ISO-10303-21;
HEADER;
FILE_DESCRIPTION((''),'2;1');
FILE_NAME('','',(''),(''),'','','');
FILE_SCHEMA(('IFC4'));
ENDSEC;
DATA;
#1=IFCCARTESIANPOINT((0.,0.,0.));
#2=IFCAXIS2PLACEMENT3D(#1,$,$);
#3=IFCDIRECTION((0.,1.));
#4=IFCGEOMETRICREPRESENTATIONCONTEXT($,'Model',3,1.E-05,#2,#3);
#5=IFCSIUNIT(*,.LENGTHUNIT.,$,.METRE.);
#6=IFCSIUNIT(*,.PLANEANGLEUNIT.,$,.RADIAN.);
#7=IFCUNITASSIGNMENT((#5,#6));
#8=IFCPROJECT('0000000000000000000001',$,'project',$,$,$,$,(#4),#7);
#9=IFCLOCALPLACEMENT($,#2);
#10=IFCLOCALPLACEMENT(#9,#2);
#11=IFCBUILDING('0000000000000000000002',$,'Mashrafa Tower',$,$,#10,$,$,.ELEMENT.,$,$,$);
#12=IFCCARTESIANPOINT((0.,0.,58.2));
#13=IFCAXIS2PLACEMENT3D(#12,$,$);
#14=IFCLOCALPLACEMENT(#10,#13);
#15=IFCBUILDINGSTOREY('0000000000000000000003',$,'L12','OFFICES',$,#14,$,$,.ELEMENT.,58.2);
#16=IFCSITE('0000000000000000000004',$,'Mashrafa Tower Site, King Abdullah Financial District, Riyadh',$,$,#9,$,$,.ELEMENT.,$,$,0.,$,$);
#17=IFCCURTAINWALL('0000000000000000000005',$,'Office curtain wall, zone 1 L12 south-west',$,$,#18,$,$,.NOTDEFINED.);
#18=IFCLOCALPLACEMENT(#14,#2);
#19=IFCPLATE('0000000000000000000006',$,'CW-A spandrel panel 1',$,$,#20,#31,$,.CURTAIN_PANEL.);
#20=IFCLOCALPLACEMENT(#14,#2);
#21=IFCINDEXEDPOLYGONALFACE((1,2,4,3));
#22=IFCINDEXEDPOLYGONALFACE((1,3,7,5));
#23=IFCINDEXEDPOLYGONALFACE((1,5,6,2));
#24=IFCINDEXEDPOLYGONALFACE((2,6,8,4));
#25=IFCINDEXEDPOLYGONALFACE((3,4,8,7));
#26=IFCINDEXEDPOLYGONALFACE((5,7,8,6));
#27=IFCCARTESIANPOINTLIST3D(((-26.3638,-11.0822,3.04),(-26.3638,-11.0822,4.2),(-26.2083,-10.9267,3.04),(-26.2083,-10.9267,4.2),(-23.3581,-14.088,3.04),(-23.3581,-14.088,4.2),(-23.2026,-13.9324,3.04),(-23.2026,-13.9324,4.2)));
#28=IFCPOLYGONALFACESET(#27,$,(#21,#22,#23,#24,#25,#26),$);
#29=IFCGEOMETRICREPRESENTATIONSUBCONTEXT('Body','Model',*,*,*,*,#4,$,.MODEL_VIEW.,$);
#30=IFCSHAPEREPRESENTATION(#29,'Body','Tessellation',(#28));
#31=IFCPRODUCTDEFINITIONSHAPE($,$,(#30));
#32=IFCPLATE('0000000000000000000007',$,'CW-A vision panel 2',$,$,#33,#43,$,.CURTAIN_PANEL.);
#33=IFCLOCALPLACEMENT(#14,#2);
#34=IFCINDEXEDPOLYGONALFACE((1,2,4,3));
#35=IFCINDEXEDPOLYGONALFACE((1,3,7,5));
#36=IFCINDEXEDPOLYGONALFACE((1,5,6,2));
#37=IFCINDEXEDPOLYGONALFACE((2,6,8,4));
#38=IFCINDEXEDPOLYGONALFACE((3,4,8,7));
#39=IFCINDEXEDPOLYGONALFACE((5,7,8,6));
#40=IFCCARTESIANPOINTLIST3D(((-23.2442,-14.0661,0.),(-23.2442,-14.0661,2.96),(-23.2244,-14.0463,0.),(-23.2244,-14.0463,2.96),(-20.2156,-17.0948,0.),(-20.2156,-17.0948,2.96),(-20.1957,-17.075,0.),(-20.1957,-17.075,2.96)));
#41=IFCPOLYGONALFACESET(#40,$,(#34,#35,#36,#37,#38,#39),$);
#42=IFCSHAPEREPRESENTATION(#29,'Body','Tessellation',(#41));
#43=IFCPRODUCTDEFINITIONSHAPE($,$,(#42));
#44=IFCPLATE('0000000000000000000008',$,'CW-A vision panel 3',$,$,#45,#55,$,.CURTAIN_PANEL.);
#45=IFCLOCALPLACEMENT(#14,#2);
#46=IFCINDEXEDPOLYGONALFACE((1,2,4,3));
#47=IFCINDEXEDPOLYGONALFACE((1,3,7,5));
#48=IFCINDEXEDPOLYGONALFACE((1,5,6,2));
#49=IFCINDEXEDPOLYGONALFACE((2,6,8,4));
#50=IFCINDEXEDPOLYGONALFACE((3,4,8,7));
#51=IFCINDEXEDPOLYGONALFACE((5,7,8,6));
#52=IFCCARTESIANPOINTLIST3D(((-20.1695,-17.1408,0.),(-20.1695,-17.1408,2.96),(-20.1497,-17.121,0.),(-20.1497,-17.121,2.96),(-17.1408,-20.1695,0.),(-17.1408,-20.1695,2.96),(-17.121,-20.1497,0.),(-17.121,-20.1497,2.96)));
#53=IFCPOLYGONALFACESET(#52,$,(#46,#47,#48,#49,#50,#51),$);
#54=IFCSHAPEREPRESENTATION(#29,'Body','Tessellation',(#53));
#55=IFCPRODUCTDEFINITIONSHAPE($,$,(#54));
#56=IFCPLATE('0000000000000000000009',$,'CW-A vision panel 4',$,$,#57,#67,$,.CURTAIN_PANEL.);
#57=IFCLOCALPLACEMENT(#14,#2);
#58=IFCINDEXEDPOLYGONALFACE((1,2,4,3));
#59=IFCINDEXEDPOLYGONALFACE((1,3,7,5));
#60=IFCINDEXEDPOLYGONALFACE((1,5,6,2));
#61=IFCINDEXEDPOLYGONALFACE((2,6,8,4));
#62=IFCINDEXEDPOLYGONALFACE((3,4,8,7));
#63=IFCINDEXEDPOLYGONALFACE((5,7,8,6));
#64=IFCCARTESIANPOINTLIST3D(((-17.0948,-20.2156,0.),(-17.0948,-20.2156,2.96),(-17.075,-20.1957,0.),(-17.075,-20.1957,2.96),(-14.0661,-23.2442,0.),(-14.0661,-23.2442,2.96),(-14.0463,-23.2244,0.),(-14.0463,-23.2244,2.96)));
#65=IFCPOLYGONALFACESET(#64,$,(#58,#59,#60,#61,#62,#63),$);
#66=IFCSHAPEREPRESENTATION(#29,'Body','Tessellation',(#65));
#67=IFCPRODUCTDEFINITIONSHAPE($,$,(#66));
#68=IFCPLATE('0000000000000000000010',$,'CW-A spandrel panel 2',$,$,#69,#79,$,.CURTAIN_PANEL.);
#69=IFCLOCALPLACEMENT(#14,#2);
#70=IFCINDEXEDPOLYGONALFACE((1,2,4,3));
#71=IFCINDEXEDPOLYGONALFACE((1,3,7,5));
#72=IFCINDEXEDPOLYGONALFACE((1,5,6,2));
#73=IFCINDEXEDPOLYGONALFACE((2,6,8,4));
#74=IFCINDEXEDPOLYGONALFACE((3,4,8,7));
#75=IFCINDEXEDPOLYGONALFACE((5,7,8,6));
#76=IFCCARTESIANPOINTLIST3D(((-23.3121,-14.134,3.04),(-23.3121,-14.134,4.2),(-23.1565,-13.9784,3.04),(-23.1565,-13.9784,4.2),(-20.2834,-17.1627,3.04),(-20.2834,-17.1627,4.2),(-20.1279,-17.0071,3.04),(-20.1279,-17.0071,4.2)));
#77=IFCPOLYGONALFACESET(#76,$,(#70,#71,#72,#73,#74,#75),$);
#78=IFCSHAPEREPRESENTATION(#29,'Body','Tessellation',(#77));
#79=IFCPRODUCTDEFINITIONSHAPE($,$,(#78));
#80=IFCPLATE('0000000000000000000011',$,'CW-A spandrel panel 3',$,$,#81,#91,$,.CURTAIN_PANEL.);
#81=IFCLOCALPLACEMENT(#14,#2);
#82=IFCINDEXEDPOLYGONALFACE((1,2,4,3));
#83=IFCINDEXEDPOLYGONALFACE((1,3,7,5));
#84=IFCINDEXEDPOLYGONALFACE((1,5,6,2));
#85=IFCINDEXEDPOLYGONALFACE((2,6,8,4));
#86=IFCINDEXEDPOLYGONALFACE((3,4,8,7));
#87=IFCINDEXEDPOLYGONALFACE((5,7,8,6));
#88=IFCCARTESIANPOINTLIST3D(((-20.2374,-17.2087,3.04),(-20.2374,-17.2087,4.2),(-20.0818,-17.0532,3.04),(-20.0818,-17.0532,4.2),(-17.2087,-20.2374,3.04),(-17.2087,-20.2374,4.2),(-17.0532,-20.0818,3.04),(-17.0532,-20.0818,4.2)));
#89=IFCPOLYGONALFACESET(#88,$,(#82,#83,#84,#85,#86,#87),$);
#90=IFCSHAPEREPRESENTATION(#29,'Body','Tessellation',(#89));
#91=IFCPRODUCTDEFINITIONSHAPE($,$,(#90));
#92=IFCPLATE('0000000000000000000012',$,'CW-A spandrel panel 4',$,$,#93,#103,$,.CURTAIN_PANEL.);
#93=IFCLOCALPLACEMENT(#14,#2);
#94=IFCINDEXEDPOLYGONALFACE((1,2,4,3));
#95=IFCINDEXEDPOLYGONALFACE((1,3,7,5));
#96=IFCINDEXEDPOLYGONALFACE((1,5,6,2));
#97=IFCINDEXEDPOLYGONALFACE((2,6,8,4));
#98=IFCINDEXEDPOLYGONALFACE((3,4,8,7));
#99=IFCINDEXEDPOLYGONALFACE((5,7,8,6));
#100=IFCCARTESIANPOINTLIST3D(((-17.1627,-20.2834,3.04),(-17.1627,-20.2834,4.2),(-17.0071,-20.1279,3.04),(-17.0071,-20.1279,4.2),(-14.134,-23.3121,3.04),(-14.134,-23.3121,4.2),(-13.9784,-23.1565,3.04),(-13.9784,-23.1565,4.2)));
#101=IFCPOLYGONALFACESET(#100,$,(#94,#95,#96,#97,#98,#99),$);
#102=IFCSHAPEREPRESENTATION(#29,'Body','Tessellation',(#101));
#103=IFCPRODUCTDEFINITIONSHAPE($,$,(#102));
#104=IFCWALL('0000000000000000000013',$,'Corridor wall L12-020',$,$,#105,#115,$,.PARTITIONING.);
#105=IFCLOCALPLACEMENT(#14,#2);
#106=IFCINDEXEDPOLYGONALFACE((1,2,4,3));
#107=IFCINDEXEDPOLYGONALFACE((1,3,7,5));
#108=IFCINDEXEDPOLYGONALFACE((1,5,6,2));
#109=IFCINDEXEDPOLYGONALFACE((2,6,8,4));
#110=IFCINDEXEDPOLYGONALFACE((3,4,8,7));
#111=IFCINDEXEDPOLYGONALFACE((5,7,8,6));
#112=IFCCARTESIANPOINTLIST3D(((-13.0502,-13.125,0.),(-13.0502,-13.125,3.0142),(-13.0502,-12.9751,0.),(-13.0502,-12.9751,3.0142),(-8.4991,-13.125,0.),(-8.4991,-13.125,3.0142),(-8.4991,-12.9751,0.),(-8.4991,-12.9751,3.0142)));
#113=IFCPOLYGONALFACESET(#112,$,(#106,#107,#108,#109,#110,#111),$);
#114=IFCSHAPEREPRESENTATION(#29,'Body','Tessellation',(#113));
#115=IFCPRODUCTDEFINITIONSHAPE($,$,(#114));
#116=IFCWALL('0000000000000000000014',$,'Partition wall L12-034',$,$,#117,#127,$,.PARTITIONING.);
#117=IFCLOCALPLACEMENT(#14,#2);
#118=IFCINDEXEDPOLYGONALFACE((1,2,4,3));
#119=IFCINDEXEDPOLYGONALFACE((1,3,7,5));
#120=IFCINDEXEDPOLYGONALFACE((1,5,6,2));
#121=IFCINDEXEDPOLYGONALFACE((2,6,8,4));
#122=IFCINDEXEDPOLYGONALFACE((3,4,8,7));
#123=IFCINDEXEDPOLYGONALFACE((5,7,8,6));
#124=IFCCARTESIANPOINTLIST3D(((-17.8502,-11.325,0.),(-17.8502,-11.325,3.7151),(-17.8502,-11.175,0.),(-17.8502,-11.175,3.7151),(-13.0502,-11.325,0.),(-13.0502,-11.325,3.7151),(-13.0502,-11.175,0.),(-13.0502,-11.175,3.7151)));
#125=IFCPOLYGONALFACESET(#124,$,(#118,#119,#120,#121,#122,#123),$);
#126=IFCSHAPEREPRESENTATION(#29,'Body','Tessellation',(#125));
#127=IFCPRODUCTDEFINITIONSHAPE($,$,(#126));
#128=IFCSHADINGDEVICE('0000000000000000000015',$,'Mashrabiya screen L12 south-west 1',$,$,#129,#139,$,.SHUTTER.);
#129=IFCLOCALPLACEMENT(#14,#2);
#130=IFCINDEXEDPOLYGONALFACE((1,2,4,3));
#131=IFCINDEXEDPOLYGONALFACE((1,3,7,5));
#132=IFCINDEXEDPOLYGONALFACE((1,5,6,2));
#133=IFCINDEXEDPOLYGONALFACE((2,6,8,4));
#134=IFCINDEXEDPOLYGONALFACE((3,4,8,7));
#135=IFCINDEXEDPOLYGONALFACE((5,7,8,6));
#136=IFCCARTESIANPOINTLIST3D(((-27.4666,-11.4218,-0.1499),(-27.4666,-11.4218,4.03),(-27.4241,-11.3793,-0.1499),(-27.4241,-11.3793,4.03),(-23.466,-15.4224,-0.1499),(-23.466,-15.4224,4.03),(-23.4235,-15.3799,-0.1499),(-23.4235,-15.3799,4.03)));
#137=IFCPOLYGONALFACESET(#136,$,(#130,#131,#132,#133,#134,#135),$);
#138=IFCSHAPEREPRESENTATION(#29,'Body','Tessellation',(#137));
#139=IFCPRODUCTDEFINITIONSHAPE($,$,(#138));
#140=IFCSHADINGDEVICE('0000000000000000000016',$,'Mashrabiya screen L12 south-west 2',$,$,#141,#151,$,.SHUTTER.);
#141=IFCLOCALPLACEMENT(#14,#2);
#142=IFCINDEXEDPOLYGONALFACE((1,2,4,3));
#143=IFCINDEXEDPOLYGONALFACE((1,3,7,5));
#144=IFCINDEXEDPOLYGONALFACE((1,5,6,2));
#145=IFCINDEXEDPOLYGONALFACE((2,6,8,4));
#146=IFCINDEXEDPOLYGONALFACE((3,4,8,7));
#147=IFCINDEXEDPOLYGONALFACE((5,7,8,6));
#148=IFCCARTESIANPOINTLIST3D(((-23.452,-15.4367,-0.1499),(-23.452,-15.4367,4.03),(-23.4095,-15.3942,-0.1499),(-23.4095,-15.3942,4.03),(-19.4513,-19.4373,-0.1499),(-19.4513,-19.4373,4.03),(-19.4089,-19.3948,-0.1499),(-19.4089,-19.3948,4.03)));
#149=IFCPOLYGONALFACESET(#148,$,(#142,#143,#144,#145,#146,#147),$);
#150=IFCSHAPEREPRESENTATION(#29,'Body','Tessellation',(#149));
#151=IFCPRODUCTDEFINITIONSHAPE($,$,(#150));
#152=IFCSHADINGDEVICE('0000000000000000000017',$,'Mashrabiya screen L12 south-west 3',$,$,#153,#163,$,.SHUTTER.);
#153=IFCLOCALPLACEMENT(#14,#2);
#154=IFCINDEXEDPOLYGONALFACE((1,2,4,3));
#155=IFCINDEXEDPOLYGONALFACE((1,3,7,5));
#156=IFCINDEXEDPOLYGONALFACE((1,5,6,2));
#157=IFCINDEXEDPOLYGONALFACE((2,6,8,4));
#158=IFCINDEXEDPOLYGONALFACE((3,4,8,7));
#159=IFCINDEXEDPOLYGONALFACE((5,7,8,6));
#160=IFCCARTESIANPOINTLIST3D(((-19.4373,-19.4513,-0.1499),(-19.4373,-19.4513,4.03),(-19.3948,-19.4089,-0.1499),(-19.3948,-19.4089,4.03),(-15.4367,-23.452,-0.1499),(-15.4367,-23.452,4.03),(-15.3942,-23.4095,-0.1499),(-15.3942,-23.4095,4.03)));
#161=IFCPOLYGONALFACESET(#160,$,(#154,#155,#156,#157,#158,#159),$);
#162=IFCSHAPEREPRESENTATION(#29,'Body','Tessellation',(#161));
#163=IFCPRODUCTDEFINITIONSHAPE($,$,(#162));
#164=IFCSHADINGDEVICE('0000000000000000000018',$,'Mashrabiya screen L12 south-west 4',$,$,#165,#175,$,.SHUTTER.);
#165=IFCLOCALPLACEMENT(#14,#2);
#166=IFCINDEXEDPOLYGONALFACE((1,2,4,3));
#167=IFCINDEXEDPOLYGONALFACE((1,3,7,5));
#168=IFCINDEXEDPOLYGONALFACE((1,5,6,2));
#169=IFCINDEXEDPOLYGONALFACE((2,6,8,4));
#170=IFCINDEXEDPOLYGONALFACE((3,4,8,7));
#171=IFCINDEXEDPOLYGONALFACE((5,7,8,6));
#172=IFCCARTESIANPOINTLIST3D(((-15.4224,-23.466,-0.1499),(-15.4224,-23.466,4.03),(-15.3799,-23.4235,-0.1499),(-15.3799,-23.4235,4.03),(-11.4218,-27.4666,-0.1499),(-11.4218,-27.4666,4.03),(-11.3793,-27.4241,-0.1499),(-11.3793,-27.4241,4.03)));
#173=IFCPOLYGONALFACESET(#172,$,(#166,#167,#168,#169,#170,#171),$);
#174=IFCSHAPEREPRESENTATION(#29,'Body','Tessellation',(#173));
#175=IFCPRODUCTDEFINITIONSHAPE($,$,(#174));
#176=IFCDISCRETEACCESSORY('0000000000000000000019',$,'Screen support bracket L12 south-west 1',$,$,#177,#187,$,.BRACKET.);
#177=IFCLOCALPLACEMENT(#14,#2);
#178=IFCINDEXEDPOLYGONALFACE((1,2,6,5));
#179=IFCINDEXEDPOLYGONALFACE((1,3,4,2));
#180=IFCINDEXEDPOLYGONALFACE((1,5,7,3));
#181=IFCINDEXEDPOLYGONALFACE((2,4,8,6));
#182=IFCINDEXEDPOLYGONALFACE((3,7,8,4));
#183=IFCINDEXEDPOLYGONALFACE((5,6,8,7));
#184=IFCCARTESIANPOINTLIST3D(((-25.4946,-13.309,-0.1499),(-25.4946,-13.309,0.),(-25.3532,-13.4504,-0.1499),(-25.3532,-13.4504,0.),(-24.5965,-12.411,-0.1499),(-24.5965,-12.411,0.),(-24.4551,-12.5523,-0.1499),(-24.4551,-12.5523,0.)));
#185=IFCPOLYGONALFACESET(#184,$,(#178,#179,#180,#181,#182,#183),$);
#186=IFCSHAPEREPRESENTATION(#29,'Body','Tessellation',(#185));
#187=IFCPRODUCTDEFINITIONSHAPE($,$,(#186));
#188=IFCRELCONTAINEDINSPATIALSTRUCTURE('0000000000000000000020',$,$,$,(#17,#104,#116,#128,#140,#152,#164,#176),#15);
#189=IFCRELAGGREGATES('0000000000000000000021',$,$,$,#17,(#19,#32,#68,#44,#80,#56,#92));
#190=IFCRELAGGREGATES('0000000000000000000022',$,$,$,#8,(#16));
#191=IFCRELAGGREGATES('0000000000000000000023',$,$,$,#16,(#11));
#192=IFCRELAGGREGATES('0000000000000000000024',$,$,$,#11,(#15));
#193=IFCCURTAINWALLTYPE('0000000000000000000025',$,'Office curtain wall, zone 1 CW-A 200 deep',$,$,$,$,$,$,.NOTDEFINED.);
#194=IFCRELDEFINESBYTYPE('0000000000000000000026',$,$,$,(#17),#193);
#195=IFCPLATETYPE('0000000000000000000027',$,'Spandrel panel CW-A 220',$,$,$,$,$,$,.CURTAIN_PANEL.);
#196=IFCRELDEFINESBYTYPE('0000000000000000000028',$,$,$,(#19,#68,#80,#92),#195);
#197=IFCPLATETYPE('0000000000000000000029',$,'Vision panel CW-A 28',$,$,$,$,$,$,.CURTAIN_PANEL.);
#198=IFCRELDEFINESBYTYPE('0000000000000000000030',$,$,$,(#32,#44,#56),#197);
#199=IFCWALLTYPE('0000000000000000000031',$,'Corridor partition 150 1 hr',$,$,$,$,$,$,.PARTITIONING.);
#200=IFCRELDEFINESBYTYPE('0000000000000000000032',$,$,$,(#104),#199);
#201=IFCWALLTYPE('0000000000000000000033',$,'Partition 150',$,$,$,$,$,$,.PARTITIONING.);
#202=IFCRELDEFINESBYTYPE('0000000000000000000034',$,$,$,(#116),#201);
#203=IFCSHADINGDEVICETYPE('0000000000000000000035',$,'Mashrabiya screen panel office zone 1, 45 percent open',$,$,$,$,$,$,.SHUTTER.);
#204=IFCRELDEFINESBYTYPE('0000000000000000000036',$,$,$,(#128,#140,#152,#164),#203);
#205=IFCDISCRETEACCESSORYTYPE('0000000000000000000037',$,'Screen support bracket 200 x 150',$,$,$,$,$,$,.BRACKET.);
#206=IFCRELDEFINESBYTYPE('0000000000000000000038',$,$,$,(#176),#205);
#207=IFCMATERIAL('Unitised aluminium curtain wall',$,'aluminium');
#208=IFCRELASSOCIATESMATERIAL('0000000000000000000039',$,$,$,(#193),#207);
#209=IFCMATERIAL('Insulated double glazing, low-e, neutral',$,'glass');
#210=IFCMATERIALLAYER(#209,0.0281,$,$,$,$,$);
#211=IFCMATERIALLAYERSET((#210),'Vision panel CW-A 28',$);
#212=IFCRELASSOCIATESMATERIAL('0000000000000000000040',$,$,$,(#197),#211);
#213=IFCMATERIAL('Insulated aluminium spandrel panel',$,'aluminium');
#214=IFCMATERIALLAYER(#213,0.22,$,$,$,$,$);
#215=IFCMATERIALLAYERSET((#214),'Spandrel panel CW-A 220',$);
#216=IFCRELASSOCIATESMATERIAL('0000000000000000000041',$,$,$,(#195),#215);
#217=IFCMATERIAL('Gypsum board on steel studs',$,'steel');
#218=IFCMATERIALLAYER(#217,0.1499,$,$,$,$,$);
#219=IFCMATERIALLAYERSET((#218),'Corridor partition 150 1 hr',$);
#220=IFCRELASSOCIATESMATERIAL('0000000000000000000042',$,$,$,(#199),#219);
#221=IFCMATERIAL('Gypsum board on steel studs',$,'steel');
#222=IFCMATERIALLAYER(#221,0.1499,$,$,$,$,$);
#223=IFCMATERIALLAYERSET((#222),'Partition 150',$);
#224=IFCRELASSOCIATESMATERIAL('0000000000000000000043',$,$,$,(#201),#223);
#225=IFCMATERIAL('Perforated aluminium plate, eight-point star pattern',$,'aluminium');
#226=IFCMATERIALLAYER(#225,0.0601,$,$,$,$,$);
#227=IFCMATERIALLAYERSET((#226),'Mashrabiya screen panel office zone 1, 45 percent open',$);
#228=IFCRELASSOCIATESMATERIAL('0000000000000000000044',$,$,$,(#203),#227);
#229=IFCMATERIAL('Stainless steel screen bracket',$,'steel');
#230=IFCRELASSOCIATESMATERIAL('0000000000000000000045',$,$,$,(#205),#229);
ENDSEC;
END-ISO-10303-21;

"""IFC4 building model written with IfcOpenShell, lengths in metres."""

from ifc_helpers import new_model, si_unit, direction, frame, frame_2d, origin, origin_2d, place, context, subcontext, project, spatial, rectangle, extrude, source, transform, mapped, material, layer, layer_set, type_object, type_shapes, element, aggregate, save


model = new_model("IFC4")

# Units and contexts
model_context = context("Model", 3, precision=1e-05, world=origin(), true_north=direction((0.0, 1.0)))
body_context = subcontext(model_context, "Body", "Model", "MODEL_VIEW")
ifc_project = project(units=[si_unit("LENGTHUNIT", "METRE"), si_unit("PLANEANGLEUNIT", "RADIAN")], contexts=[model_context])

# Site, building, storey
site_placement = place(None, origin())
site = spatial("IfcSite", under=ifc_project, at=site_placement, Name="Mashrafa Tower Site, King Abdullah Financial District, Riyadh", CompositionType="ELEMENT", RefElevation=0.0)
building_placement = place(site_placement, origin())
building = spatial("IfcBuilding", under=site, at=building_placement, Name="Mashrafa Tower", CompositionType="ELEMENT")
storey_placement = place(building_placement, frame((0.0, 0.0, 58.2)))
storey = spatial("IfcBuildingStorey", under=building, at=storey_placement, Name="L12", Description="OFFICES", CompositionType="ELEMENT", Elevation=58.2)

# Curtain wall, plates
ifc_material_1 = material(Name="Unitised aluminium curtain wall", Category="aluminium")
curtain_wall_type = type_object("IfcCurtainWallType", Name="Office curtain wall, zone 1 CW-A 200 deep", PredefinedType="NOTDEFINED", material=ifc_material_1)
curtain_wall_placement = place(storey_placement, origin())
curtain_wall = element("IfcCurtainWall", 1, at=curtain_wall_placement, inside=storey, type_object=curtain_wall_type, Name="Office curtain wall, zone 1 L12 south-west", PredefinedType="NOTDEFINED")
ifc_material_2 = material(Name="Insulated double glazing, low-e, neutral", Category="glass")
ifc_layer_1 = layer(ifc_material_2, 0.0281)
ifc_layer_set_1 = layer_set([ifc_layer_1], Name="Vision panel CW-A 28")
plate_type_1 = type_object("IfcPlateType", Name="Vision panel CW-A 28", PredefinedType="CURTAIN_PANEL", material=ifc_layer_set_1)
ifc_material_3 = material(Name="Insulated aluminium spandrel panel", Category="aluminium")
ifc_layer_2 = layer(ifc_material_3, 0.22)
ifc_layer_set_2 = layer_set([ifc_layer_2], Name="Spandrel panel CW-A 220")
plate_type_2 = type_object("IfcPlateType", Name="Spandrel panel CW-A 220", PredefinedType="CURTAIN_PANEL", material=ifc_layer_set_2)
shared_shape_1 = source(origin(), body_context, "Body", "SweptSolid", [
    extrude(rectangle(XDim=4.2507, YDim=0.22, at=origin_2d()), origin(), (0.0, 0.0, 1.0), 1.1599),
])
plate_1_placement = place(storey_placement, frame((-24.7832, -12.5073, 3.04), z_axis=(0.0, 0.0, 1.0), x_axis=(0.707107, -0.707107, 0.0)))
plate_1 = element("IfcPlate", 2, at=plate_1_placement, type_object=plate_type_2, Name="CW-A spandrel panel 1", PredefinedType="CURTAIN_PANEL", context=body_context, shape_type="MappedRepresentation", body=[
    mapped(shared_shape_1, transform((0.0, 0.0, 0.0))),
])
shared_shape_2 = source(origin(), body_context, "Body", "SweptSolid", [
    extrude(rectangle(XDim=4.2832, YDim=0.0281, at=origin_2d()), origin(), (0.0, 0.0, 1.0), 2.96),
])
plate_2_placement = place(storey_placement, frame((-21.72, -15.5706, 0.0), z_axis=(0.0, 0.0, 1.0), x_axis=(0.707107, -0.707107, 0.0)))
plate_2 = element("IfcPlate", 3, at=plate_2_placement, type_object=plate_type_1, Name="CW-A vision panel 2", PredefinedType="CURTAIN_PANEL", context=body_context, shape_type="MappedRepresentation", body=[
    mapped(shared_shape_2, transform((0.0, 0.0, 0.0))),
])
plate_3_placement = place(storey_placement, frame((-18.6453, -18.6453, 0.0), z_axis=(0.0, 0.0, 1.0), x_axis=(0.707107, -0.707107, 0.0)))
plate_3 = element("IfcPlate", 4, at=plate_3_placement, type_object=plate_type_1, Name="CW-A vision panel 3", PredefinedType="CURTAIN_PANEL", context=body_context, shape_type="MappedRepresentation", body=[
    mapped(shared_shape_2, transform((0.0, 0.0, 0.0))),
])
plate_4_placement = place(storey_placement, frame((-15.5706, -21.72, 0.0), z_axis=(0.0, 0.0, 1.0), x_axis=(0.707107, -0.707107, 0.0)))
plate_4 = element("IfcPlate", 5, at=plate_4_placement, type_object=plate_type_1, Name="CW-A vision panel 4", PredefinedType="CURTAIN_PANEL", context=body_context, shape_type="MappedRepresentation", body=[
    mapped(shared_shape_2, transform((0.0, 0.0, 0.0))),
])
shared_shape_3 = source(origin(), body_context, "Body", "SweptSolid", [
    extrude(rectangle(XDim=4.2832, YDim=0.22, at=origin_2d()), origin(), (0.0, 0.0, 1.0), 1.1599),
])
type_shapes(plate_type_2, [shared_shape_1, shared_shape_3])
plate_5_placement = place(storey_placement, frame((-21.72, -15.5706, 3.04), z_axis=(0.0, 0.0, 1.0), x_axis=(0.707107, -0.707107, 0.0)))
plate_5 = element("IfcPlate", 6, at=plate_5_placement, type_object=plate_type_2, Name="CW-A spandrel panel 2", PredefinedType="CURTAIN_PANEL", context=body_context, shape_type="MappedRepresentation", body=[
    mapped(shared_shape_3, transform((0.0, 0.0, 0.0))),
])
plate_6_placement = place(storey_placement, frame((-18.6453, -18.6453, 3.04), z_axis=(0.0, 0.0, 1.0), x_axis=(0.707107, -0.707107, 0.0)))
plate_6 = element("IfcPlate", 7, at=plate_6_placement, type_object=plate_type_2, Name="CW-A spandrel panel 3", PredefinedType="CURTAIN_PANEL", context=body_context, shape_type="MappedRepresentation", body=[
    mapped(shared_shape_3, transform((0.0, 0.0, 0.0))),
])
plate_7_placement = place(storey_placement, frame((-15.5706, -21.72, 3.04), z_axis=(0.0, 0.0, 1.0), x_axis=(0.707107, -0.707107, 0.0)))
plate_7 = element("IfcPlate", 8, at=plate_7_placement, type_object=plate_type_2, Name="CW-A spandrel panel 4", PredefinedType="CURTAIN_PANEL", context=body_context, shape_type="MappedRepresentation", body=[
    mapped(shared_shape_3, transform((0.0, 0.0, 0.0))),
])
aggregate(curtain_wall, [plate_1, plate_2, plate_5, plate_3, plate_6, plate_4, plate_7])

# Walls
ifc_material_4 = material(Name="Gypsum board on steel studs", Category="steel")
ifc_layer_3 = layer(ifc_material_4, 0.1499)
ifc_layer_set_3 = layer_set([ifc_layer_3], Name="Corridor partition 150 1 hr")
wall_type_1 = type_object("IfcWallType", Name="Corridor partition 150 1 hr", PredefinedType="PARTITIONING", material=ifc_layer_set_3)
wall_1_placement = place(storey_placement, frame((-13.05, -13.05, 0.0), z_axis=(0.0, 0.0, 1.0), x_axis=(1.0, 0.0, 0.0)))
element("IfcWall", 9, at=wall_1_placement, inside=storey, type_object=wall_type_1, Name="Corridor wall L12-020", PredefinedType="PARTITIONING", context=body_context, shape_type="SweptSolid", body=[
    extrude(rectangle(XDim=4.551, YDim=0.1499, at=frame_2d((2.2754, 0.0))), origin(), (0.0, 0.0, 1.0), 3.0142),
])
ifc_material_5 = material(Name="Gypsum board on steel studs", Category="steel")
ifc_layer_4 = layer(ifc_material_5, 0.1499)
ifc_layer_set_4 = layer_set([ifc_layer_4], Name="Partition 150")
wall_type_2 = type_object("IfcWallType", Name="Partition 150", PredefinedType="PARTITIONING", material=ifc_layer_set_4)
wall_2_placement = place(storey_placement, frame((-17.8501, -11.25, 0.0), z_axis=(0.0, 0.0, 1.0), x_axis=(1.0, 0.0, 0.0)))
element("IfcWall", 10, at=wall_2_placement, inside=storey, type_object=wall_type_2, Name="Partition wall L12-034", PredefinedType="PARTITIONING", context=body_context, shape_type="SweptSolid", body=[
    extrude(rectangle(XDim=4.8, YDim=0.1499, at=frame_2d((2.3999, 0.0))), origin(), (0.0, 0.0, 1.0), 3.7151),
])

# Shading devices
ifc_material_6 = material(Name="Perforated aluminium plate, eight-point star pattern", Category="aluminium")
ifc_layer_5 = layer(ifc_material_6, 0.0601)
ifc_layer_set_5 = layer_set([ifc_layer_5], Name="Mashrabiya screen panel office zone 1, 45 percent open")
shading_device_type = type_object("IfcShadingDeviceType", Name="Mashrabiya screen panel office zone 1, 45 percent open", PredefinedType="SHUTTER", material=ifc_layer_set_5)
shared_shape_4 = source(origin(), body_context, "Body", "SweptSolid", [
    extrude(rectangle(XDim=5.6577, YDim=0.0601, at=origin_2d()), origin(), (0.0, 0.0, 1.0), 4.1799),
])
type_shapes(shading_device_type, [shared_shape_4])
for number, where, z_axis, x_axis, name in (
    (11, (-25.4451, -13.4009, -0.1499), (0.0, 0.0, 1.0), (0.707107, -0.707107, 0.0), "Mashrabiya screen L12 south-west 1"),
    (12, (-21.4304, -17.4158, -0.1499), (0.0, 0.0, 1.0), (0.707107, -0.707107, 0.0), "Mashrabiya screen L12 south-west 2"),
    (13, (-17.4158, -21.4304, -0.1499), (0.0, 0.0, 1.0), (0.707107, -0.707107, 0.0), "Mashrabiya screen L12 south-west 3"),
    (14, (-13.4009, -25.4451, -0.1499), (0.0, 0.0, 1.0), (0.707107, -0.707107, 0.0), "Mashrabiya screen L12 south-west 4"),
):
    element("IfcShadingDevice", number, at=place(storey_placement, frame(where, z_axis=z_axis, x_axis=x_axis)), inside=storey, type_object=shading_device_type, Name=name, PredefinedType="SHUTTER", context=body_context, shape_type="MappedRepresentation", body=[
        mapped(shared_shape_4, transform((0.0, 0.0, 0.0))),
    ])

# Discrete accessory
ifc_material_7 = material(Name="Stainless steel screen bracket", Category="steel")
discrete_accessory_type = type_object("IfcDiscreteAccessoryType", Name="Screen support bracket 200 x 150", PredefinedType="BRACKET", material=ifc_material_7)
shared_shape_5 = source(origin(), body_context, "Body", "SweptSolid", [
    extrude(rectangle(XDim=0.2, YDim=1.27, at=origin_2d()), origin(), (0.0, 0.0, 1.0), 0.1499),
])
type_shapes(discrete_accessory_type, [shared_shape_5])
for number, where, z_axis, x_axis, name in (
    (15, (-24.9749, -12.9307, -0.1499), (0.0, 0.0, 1.0), (0.707107, -0.707107, 0.0), "Screen support bracket L12 south-west 1"),
):
    element("IfcDiscreteAccessory", number, at=place(storey_placement, frame(where, z_axis=z_axis, x_axis=x_axis)), inside=storey, type_object=discrete_accessory_type, Name=name, PredefinedType="BRACKET", context=body_context, shape_type="MappedRepresentation", body=[
        mapped(shared_shape_5, transform((0.0, 0.0, 0.0))),
    ])

save(model, "model.ifc")
